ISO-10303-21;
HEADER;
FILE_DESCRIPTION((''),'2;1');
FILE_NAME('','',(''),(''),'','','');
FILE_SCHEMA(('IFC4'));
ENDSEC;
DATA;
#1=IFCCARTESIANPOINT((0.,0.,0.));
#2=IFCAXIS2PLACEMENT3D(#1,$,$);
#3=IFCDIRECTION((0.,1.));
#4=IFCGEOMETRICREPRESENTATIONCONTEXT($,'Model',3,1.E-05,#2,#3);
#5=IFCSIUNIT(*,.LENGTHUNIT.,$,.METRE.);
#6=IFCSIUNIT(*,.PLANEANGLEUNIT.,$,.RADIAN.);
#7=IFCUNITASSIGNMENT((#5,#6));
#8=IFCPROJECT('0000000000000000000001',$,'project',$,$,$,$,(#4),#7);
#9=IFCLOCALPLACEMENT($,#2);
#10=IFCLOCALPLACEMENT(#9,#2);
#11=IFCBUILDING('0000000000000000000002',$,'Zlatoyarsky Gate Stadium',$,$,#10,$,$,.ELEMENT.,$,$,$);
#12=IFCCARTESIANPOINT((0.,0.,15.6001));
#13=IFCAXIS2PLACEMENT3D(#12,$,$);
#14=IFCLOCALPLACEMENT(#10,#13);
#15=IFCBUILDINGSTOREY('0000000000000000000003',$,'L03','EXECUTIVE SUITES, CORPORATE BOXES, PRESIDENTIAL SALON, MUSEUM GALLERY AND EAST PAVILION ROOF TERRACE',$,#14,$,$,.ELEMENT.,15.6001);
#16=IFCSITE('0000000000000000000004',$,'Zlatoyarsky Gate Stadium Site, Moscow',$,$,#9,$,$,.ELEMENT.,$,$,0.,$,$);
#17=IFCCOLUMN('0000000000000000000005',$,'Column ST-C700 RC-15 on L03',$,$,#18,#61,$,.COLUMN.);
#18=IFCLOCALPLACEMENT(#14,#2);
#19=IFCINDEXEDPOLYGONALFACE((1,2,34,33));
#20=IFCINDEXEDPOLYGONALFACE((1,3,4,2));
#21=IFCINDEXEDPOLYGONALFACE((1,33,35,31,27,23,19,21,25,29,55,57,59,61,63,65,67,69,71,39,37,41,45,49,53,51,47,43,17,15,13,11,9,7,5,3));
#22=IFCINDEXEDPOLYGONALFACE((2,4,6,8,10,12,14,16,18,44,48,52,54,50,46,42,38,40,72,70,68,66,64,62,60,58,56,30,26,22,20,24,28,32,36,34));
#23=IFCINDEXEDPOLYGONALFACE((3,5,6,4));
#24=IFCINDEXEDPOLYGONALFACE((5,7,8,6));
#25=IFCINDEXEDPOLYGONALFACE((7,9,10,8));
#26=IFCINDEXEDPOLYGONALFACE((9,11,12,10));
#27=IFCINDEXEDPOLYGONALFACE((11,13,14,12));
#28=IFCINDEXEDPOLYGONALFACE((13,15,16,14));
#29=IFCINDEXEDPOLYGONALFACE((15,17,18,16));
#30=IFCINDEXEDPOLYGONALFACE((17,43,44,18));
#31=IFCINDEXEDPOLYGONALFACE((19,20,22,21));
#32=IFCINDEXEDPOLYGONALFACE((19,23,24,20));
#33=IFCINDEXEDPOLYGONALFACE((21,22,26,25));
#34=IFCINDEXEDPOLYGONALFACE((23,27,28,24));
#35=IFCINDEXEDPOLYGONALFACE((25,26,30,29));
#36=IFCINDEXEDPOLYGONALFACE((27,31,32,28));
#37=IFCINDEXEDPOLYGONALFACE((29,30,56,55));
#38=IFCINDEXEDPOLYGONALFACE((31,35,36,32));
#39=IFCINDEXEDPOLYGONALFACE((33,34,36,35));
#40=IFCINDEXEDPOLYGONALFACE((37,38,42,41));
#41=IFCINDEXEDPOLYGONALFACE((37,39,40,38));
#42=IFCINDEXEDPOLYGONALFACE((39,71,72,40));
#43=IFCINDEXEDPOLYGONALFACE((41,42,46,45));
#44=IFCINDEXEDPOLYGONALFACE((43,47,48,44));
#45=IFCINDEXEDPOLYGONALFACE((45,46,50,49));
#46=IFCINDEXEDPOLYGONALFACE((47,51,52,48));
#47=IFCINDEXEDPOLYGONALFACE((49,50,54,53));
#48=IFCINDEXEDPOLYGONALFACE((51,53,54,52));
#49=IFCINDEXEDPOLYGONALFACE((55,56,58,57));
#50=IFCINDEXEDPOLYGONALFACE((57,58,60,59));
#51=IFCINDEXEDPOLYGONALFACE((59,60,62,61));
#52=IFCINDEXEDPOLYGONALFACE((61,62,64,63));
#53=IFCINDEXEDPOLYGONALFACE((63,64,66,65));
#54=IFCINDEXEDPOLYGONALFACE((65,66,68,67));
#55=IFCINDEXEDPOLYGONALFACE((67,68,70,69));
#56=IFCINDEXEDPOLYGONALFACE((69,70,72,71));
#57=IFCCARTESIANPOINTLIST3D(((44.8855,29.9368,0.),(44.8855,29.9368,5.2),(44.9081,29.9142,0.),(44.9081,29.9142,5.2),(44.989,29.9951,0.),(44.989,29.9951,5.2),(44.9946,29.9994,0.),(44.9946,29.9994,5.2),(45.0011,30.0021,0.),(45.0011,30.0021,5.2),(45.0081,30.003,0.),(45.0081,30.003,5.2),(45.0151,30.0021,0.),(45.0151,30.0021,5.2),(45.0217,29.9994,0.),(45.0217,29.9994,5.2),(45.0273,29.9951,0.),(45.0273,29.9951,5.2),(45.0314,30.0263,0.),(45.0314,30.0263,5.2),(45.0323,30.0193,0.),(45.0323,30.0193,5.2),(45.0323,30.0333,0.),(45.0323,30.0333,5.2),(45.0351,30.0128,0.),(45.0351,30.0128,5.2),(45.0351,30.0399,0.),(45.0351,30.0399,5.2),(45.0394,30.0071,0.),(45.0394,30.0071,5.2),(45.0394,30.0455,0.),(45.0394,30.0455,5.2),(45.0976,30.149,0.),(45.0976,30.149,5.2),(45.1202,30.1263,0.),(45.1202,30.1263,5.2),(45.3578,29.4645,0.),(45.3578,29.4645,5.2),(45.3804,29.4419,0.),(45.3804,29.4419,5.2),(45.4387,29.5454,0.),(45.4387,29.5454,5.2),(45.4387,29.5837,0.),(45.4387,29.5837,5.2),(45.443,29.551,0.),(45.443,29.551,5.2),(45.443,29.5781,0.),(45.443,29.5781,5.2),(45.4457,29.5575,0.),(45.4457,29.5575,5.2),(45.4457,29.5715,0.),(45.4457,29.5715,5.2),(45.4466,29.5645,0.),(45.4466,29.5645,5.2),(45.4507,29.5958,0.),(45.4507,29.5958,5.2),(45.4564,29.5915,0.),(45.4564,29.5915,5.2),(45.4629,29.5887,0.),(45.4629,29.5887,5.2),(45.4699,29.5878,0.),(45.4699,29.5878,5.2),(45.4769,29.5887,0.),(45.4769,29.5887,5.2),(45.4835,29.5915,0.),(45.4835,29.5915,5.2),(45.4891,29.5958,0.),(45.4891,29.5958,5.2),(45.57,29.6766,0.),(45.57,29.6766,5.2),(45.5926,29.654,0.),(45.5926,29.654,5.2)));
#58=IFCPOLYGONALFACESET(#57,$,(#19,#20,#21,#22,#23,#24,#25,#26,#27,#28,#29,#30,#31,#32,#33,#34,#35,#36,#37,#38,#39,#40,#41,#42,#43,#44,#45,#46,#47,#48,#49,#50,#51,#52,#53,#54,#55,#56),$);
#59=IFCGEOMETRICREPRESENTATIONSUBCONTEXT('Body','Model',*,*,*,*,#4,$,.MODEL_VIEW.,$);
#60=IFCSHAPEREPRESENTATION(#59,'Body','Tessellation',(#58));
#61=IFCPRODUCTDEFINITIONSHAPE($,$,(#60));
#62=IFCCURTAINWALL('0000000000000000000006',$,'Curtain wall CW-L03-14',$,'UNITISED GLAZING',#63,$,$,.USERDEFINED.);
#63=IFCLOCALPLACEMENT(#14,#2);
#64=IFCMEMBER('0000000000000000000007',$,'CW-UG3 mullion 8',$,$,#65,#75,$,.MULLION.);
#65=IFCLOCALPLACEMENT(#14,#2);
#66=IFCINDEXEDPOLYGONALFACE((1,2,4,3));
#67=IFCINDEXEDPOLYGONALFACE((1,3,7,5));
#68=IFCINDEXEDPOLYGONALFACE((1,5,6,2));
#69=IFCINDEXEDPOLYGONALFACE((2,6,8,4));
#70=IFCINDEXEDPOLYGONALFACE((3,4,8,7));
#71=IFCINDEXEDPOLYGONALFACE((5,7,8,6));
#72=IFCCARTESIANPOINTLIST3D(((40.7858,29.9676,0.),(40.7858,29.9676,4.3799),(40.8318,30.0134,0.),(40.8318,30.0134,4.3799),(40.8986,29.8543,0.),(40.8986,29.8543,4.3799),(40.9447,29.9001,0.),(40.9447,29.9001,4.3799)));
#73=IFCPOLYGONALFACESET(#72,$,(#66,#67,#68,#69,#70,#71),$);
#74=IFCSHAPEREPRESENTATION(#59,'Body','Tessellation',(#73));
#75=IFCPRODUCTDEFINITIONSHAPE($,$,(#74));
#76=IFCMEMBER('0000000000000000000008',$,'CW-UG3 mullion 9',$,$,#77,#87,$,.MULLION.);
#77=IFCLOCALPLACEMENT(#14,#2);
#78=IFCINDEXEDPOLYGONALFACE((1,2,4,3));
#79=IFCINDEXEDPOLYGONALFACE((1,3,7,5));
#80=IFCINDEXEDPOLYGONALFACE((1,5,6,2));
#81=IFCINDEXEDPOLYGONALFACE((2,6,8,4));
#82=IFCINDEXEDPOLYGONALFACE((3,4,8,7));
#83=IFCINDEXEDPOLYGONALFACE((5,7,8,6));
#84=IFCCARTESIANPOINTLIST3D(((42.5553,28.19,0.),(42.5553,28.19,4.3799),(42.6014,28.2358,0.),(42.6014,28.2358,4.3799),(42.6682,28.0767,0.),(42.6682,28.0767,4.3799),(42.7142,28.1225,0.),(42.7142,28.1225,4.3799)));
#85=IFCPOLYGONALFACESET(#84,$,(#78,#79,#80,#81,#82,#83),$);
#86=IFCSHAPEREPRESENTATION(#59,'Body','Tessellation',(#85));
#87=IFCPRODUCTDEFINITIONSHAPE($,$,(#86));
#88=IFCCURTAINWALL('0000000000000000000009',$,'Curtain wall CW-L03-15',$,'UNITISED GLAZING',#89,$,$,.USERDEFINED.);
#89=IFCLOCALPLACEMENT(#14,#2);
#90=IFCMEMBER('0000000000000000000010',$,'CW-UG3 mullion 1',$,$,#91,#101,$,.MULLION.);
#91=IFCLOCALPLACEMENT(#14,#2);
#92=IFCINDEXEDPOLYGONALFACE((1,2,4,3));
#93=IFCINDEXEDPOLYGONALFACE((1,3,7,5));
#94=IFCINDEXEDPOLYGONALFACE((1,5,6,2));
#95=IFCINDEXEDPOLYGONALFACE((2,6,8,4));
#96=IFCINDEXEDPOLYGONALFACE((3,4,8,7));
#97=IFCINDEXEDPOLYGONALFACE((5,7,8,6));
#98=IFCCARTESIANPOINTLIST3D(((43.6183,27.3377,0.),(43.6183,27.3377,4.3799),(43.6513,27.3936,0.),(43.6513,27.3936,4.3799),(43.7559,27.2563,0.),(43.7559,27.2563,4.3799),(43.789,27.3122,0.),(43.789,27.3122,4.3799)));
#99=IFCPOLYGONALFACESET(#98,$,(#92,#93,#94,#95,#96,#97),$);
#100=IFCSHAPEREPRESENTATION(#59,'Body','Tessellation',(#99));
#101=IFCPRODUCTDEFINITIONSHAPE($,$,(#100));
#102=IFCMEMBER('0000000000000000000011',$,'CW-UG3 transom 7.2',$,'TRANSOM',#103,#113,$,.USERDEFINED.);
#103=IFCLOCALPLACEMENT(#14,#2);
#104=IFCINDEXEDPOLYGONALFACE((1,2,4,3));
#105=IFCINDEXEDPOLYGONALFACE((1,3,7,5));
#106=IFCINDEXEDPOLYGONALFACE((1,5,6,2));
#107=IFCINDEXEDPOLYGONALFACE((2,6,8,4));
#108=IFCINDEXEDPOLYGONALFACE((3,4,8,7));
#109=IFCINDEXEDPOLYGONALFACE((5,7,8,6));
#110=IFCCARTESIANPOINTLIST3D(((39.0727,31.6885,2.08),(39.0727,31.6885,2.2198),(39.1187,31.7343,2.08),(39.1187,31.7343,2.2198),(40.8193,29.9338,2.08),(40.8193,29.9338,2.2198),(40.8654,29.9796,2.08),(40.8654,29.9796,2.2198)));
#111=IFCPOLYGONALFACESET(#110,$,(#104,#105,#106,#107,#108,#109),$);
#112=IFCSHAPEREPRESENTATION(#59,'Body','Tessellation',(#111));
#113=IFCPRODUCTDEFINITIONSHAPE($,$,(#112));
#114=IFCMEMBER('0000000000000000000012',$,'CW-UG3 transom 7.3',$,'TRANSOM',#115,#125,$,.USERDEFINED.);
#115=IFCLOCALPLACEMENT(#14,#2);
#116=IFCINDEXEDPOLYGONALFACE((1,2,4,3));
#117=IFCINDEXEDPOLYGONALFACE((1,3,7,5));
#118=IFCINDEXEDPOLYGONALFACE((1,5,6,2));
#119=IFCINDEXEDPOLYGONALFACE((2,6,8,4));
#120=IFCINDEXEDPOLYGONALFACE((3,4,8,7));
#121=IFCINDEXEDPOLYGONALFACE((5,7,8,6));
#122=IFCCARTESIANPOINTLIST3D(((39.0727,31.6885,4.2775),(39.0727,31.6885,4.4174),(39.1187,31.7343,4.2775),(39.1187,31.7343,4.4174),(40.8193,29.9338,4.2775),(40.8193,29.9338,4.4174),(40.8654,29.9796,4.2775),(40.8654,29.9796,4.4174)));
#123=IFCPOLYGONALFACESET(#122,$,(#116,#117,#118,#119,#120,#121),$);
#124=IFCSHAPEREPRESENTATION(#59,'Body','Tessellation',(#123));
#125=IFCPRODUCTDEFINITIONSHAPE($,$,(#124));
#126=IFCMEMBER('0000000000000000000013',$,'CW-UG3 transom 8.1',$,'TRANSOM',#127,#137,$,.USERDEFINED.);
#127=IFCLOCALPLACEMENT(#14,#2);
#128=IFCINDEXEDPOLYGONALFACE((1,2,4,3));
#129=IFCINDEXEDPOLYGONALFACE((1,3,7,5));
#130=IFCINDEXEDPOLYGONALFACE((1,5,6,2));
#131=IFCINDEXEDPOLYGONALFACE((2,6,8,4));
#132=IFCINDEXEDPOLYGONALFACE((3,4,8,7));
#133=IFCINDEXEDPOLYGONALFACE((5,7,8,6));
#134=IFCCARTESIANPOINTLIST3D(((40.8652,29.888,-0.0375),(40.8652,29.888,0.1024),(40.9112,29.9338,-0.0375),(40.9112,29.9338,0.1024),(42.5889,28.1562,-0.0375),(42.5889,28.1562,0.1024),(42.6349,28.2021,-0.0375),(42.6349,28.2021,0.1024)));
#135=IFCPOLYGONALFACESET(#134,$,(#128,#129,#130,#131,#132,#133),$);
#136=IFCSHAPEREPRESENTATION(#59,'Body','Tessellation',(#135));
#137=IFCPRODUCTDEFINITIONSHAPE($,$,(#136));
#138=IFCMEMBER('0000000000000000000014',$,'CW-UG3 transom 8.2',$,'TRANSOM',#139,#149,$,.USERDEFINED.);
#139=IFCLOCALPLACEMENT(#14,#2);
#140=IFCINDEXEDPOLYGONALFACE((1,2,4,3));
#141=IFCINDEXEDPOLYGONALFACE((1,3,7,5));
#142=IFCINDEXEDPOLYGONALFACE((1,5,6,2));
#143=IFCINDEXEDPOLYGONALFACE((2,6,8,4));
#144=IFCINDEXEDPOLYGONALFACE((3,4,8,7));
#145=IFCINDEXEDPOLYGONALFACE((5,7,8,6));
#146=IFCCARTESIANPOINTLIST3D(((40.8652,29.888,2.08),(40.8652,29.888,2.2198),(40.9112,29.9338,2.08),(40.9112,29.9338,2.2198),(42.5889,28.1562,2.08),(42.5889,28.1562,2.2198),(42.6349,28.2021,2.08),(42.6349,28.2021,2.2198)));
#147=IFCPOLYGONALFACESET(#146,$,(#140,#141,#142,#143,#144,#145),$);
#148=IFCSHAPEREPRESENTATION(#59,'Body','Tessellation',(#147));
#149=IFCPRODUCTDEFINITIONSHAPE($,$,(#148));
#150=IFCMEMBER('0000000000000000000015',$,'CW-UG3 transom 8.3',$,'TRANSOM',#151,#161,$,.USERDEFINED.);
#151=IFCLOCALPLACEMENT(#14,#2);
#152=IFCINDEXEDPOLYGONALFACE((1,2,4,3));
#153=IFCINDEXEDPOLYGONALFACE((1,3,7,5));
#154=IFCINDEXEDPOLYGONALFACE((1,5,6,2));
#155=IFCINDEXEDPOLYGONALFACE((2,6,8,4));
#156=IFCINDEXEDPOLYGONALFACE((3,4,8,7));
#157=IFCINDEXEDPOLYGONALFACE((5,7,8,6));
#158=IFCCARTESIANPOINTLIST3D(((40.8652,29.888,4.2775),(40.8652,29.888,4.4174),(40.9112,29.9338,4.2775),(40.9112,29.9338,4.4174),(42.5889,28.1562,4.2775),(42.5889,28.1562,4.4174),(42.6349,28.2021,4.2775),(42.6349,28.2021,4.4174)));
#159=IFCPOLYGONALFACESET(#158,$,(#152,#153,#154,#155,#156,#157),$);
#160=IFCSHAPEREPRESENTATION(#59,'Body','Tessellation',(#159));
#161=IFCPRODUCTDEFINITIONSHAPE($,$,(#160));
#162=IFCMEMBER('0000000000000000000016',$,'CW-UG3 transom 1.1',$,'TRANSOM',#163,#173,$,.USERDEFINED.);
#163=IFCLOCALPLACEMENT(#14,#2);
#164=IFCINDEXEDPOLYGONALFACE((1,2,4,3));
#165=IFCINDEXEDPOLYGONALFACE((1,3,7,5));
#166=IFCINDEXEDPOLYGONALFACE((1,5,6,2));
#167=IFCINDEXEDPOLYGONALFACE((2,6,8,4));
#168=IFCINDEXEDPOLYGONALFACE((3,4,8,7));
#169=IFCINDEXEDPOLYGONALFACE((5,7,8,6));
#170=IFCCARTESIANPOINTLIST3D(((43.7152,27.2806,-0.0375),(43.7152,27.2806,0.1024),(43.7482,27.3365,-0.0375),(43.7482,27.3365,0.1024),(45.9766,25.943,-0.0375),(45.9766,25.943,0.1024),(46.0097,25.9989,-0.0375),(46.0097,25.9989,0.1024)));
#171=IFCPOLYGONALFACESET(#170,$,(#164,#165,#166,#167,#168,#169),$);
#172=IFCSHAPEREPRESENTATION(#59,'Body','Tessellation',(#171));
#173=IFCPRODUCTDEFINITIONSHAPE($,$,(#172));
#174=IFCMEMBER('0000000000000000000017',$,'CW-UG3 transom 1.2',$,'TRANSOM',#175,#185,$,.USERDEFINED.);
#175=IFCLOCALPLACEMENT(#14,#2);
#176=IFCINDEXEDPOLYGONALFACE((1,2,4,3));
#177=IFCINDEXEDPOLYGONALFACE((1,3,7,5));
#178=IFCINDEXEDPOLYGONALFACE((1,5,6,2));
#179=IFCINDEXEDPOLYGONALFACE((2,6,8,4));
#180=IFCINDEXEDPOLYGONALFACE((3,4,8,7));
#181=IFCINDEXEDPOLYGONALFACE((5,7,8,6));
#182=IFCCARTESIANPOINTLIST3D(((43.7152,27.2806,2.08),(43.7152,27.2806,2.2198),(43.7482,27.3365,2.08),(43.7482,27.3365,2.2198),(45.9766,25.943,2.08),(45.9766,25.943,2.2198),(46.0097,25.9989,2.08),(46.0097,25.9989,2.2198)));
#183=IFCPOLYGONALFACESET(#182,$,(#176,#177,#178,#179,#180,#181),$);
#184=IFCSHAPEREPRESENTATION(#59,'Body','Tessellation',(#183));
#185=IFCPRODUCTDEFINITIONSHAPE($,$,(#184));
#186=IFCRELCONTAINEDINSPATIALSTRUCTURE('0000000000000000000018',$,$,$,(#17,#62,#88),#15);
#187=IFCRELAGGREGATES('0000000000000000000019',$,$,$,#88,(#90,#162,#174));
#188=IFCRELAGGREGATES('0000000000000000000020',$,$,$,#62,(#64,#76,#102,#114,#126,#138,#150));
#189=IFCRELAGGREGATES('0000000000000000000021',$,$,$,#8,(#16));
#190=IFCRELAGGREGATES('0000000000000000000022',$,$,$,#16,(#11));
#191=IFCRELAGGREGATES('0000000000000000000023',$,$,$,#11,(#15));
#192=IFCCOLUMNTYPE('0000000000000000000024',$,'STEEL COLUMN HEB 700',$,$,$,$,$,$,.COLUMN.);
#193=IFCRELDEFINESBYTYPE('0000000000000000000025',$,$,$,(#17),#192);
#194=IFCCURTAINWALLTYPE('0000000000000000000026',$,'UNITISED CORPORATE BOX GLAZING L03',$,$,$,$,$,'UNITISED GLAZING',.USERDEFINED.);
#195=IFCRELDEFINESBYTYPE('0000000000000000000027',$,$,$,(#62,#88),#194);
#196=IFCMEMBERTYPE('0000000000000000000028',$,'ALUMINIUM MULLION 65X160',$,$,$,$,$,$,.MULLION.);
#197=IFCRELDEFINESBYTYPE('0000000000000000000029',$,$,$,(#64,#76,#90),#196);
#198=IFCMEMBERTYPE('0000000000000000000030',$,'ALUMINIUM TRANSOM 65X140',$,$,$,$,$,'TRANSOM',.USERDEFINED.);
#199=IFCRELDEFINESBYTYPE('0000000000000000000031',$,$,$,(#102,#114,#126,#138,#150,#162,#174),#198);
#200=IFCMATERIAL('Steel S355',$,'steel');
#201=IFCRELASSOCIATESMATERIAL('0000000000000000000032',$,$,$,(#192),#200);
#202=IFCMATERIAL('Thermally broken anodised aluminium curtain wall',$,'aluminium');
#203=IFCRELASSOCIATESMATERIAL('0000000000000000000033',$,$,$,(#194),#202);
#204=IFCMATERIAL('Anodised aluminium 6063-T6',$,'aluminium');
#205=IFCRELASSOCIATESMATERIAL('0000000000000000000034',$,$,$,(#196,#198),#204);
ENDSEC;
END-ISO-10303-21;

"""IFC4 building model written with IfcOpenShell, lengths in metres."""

from ifc_helpers import new_model, si_unit, direction, frame, origin, origin_2d, place, context, subcontext, project, spatial, rectangle, i_section, extrude, material, material_profile, profile_set, type_object, element, aggregate, save


model = new_model("IFC4")

# Units and contexts
model_context = context("Model", 3, precision=1e-05, world=origin(), true_north=direction((0.0, 1.0)))
body_context = subcontext(model_context, "Body", "Model", "MODEL_VIEW")
ifc_project = project(units=[si_unit("LENGTHUNIT", "METRE"), si_unit("PLANEANGLEUNIT", "RADIAN")], contexts=[model_context])

# Site, building, storey
site_placement = place(None, origin())
site = spatial("IfcSite", under=ifc_project, at=site_placement, Name="Zlatoyarsky Gate Stadium Site, Moscow", CompositionType="ELEMENT", RefElevation=0.0)
building_placement = place(site_placement, origin())
building = spatial("IfcBuilding", under=site, at=building_placement, Name="Zlatoyarsky Gate Stadium", CompositionType="ELEMENT")
storey_placement = place(building_placement, frame((0.0, 0.0, 15.6001)))
storey = spatial("IfcBuildingStorey", under=building, at=storey_placement, Name="L03", Description="EXECUTIVE SUITES, CORPORATE BOXES, PRESIDENTIAL SALON, MUSEUM GALLERY AND EAST PAVILION ROOF TERRACE", CompositionType="ELEMENT", Elevation=15.6001)

# Column
ifc_material_1 = material(Name="Steel S355", Category="steel")
ifc_material_profile_1 = material_profile(ifc_material_1, i_section(OverallWidth=0.3, OverallDepth=0.7, WebThickness=0.0171, FlangeThickness=0.032, FilletRadius=0.0271, at=origin_2d()), Name="HEB 700")
ifc_profile_set_1 = profile_set([ifc_material_profile_1], Name="Steel S355")
column_type = type_object("IfcColumnType", Name="STEEL COLUMN HEB 700", PredefinedType="COLUMN", material=ifc_profile_set_1)
column_placement = place(storey_placement, frame((45.239, 29.7954, 0.0), z_axis=(0.0, 0.0, 1.0), x_axis=(-0.707107, -0.707107, 0.0)))
element("IfcColumn", 1, at=column_placement, inside=storey, type_object=column_type, Name="Column ST-C700 RC-15 on L03", PredefinedType="COLUMN", context=body_context, shape_type="SweptSolid", body=[
    extrude(i_section(OverallWidth=0.3, OverallDepth=0.7, WebThickness=0.0171, FlangeThickness=0.032, FilletRadius=0.0271, at=origin_2d()), origin(), (0.0, 0.0, 1.0), 5.2),
])

# Curtain wall, members
ifc_material_2 = material(Name="Thermally broken anodised aluminium curtain wall", Category="aluminium")
curtain_wall_type = type_object("IfcCurtainWallType", Name="UNITISED CORPORATE BOX GLAZING L03", ElementType="UNITISED GLAZING", PredefinedType="USERDEFINED", material=ifc_material_2)
curtain_wall_1_placement = place(storey_placement, origin())
curtain_wall_1 = element("IfcCurtainWall", 2, at=curtain_wall_1_placement, inside=storey, type_object=curtain_wall_type, Name="Curtain wall CW-L03-14", ObjectType="UNITISED GLAZING", PredefinedType="USERDEFINED")
ifc_material_3 = material(Name="Anodised aluminium 6063-T6", Category="aluminium")
ifc_material_profile_2 = material_profile(ifc_material_3, rectangle(XDim=0.0649, YDim=0.1599, at=origin_2d()), Name="ALU 65X160")
ifc_profile_set_2 = profile_set([ifc_material_profile_2], Name="Anodised aluminium 6063-T6")
member_type_1 = type_object("IfcMemberType", Name="ALUMINIUM MULLION 65X160", PredefinedType="MULLION", material=ifc_profile_set_2)
member_1_placement = place(storey_placement, frame((40.8652, 29.9338, 0.0), z_axis=(0.0, 0.0, 1.0), x_axis=(0.708721, 0.705489, 0.0)))
member_1 = element("IfcMember", 3, at=member_1_placement, type_object=member_type_1, Name="CW-UG3 mullion 8", PredefinedType="MULLION", context=body_context, shape_type="SweptSolid", body=[
    extrude(rectangle(XDim=0.0649, YDim=0.1599, at=origin_2d()), origin(), (0.0, 0.0, 1.0), 4.3799),
])
member_2_placement = place(storey_placement, frame((42.6348, 28.1562, 0.0), z_axis=(0.0, 0.0, 1.0), x_axis=(0.708721, 0.705489, 0.0)))
member_2 = element("IfcMember", 4, at=member_2_placement, type_object=member_type_1, Name="CW-UG3 mullion 9", PredefinedType="MULLION", context=body_context, shape_type="SweptSolid", body=[
    extrude(rectangle(XDim=0.0649, YDim=0.1599, at=origin_2d()), origin(), (0.0, 0.0, 1.0), 4.3799),
])

# Curtain wall, member
curtain_wall_2_placement = place(storey_placement, origin())
curtain_wall_2 = element("IfcCurtainWall", 5, at=curtain_wall_2_placement, inside=storey, type_object=curtain_wall_type, Name="Curtain wall CW-L03-15", ObjectType="UNITISED GLAZING", PredefinedType="USERDEFINED")
member_3_placement = place(storey_placement, frame((43.7036, 27.325, 0.0), z_axis=(0.0, 0.0, 1.0), x_axis=(0.509098, 0.860708, 0.0)))
member_3 = element("IfcMember", 6, at=member_3_placement, type_object=member_type_1, Name="CW-UG3 mullion 1", PredefinedType="MULLION", context=body_context, shape_type="SweptSolid", body=[
    extrude(rectangle(XDim=0.0649, YDim=0.1599, at=origin_2d()), origin(), (0.0, 0.0, 1.0), 4.3799),
])

# Members
ifc_material_profile_3 = material_profile(ifc_material_3, rectangle(XDim=0.0649, YDim=0.1399, at=origin_2d()), Name="ALU 65X140")
ifc_profile_set_3 = profile_set([ifc_material_profile_3], Name="Anodised aluminium 6063-T6")
member_type_2 = type_object("IfcMemberType", Name="ALUMINIUM TRANSOM 65X140", ElementType="TRANSOM", PredefinedType="USERDEFINED", material=ifc_profile_set_3)
member_4_placement = place(storey_placement, frame((39.0957, 31.7114, 2.1499), z_axis=(0.705478, -0.708732, 0.0), x_axis=(0.708732, 0.705478, 0.0)))
member_4 = element("IfcMember", 7, at=member_4_placement, type_object=member_type_2, Name="CW-UG3 transom 7.2", ObjectType="TRANSOM", PredefinedType="USERDEFINED", context=body_context, shape_type="SweptSolid", body=[
    extrude(rectangle(XDim=0.0649, YDim=0.1399, at=origin_2d()), origin(), (0.0, 0.0, 1.0), 2.4758),
])
member_5_placement = place(storey_placement, frame((39.0957, 31.7114, 4.3474), z_axis=(0.705478, -0.708732, 0.0), x_axis=(0.708732, 0.705478, 0.0)))
member_5 = element("IfcMember", 8, at=member_5_placement, type_object=member_type_2, Name="CW-UG3 transom 7.3", ObjectType="TRANSOM", PredefinedType="USERDEFINED", context=body_context, shape_type="SweptSolid", body=[
    extrude(rectangle(XDim=0.0649, YDim=0.1399, at=origin_2d()), origin(), (0.0, 0.0, 1.0), 2.4758),
])
member_6_placement = place(storey_placement, frame((40.8882, 29.9109, 0.0325), z_axis=(0.705456, -0.708754, 0.0), x_axis=(0.708754, 0.705456, 0.0)))
member_6 = element("IfcMember", 9, at=member_6_placement, type_object=member_type_2, Name="CW-UG3 transom 8.1", ObjectType="TRANSOM", PredefinedType="USERDEFINED", context=body_context, shape_type="SweptSolid", body=[
    extrude(rectangle(XDim=0.0649, YDim=0.1399, at=origin_2d()), origin(), (0.0, 0.0, 1.0), 2.4434),
])
member_7_placement = place(storey_placement, frame((40.8882, 29.9109, 2.1499), z_axis=(0.705456, -0.708754, 0.0), x_axis=(0.708754, 0.705456, 0.0)))
member_7 = element("IfcMember", 10, at=member_7_placement, type_object=member_type_2, Name="CW-UG3 transom 8.2", ObjectType="TRANSOM", PredefinedType="USERDEFINED", context=body_context, shape_type="SweptSolid", body=[
    extrude(rectangle(XDim=0.0649, YDim=0.1399, at=origin_2d()), origin(), (0.0, 0.0, 1.0), 2.4434),
])
member_8_placement = place(storey_placement, frame((40.8882, 29.9109, 4.3474), z_axis=(0.705456, -0.708754, 0.0), x_axis=(0.708754, 0.705456, 0.0)))
member_8 = element("IfcMember", 11, at=member_8_placement, type_object=member_type_2, Name="CW-UG3 transom 8.3", ObjectType="TRANSOM", PredefinedType="USERDEFINED", context=body_context, shape_type="SweptSolid", body=[
    extrude(rectangle(XDim=0.0649, YDim=0.1399, at=origin_2d()), origin(), (0.0, 0.0, 1.0), 2.4434),
])
member_9_placement = place(storey_placement, frame((43.7317, 27.3086, 0.0325), z_axis=(0.860706, -0.509102, 0.0), x_axis=(0.509102, 0.860706, 0.0)))
member_9 = element("IfcMember", 12, at=member_9_placement, type_object=member_type_2, Name="CW-UG3 transom 1.1", ObjectType="TRANSOM", PredefinedType="USERDEFINED", context=body_context, shape_type="SweptSolid", body=[
    extrude(rectangle(XDim=0.0649, YDim=0.1399, at=origin_2d()), origin(), (0.0, 0.0, 1.0), 2.6274),
])
member_10_placement = place(storey_placement, frame((43.7317, 27.3086, 2.1499), z_axis=(0.860706, -0.509102, 0.0), x_axis=(0.509102, 0.860706, 0.0)))
member_10 = element("IfcMember", 13, at=member_10_placement, type_object=member_type_2, Name="CW-UG3 transom 1.2", ObjectType="TRANSOM", PredefinedType="USERDEFINED", context=body_context, shape_type="SweptSolid", body=[
    extrude(rectangle(XDim=0.0649, YDim=0.1399, at=origin_2d()), origin(), (0.0, 0.0, 1.0), 2.6274),
])
aggregate(curtain_wall_2, [member_3, member_9, member_10])

aggregate(curtain_wall_1, [member_1, member_2, member_4, member_5, member_6, member_7, member_8])

save(model, "model.ifc")
